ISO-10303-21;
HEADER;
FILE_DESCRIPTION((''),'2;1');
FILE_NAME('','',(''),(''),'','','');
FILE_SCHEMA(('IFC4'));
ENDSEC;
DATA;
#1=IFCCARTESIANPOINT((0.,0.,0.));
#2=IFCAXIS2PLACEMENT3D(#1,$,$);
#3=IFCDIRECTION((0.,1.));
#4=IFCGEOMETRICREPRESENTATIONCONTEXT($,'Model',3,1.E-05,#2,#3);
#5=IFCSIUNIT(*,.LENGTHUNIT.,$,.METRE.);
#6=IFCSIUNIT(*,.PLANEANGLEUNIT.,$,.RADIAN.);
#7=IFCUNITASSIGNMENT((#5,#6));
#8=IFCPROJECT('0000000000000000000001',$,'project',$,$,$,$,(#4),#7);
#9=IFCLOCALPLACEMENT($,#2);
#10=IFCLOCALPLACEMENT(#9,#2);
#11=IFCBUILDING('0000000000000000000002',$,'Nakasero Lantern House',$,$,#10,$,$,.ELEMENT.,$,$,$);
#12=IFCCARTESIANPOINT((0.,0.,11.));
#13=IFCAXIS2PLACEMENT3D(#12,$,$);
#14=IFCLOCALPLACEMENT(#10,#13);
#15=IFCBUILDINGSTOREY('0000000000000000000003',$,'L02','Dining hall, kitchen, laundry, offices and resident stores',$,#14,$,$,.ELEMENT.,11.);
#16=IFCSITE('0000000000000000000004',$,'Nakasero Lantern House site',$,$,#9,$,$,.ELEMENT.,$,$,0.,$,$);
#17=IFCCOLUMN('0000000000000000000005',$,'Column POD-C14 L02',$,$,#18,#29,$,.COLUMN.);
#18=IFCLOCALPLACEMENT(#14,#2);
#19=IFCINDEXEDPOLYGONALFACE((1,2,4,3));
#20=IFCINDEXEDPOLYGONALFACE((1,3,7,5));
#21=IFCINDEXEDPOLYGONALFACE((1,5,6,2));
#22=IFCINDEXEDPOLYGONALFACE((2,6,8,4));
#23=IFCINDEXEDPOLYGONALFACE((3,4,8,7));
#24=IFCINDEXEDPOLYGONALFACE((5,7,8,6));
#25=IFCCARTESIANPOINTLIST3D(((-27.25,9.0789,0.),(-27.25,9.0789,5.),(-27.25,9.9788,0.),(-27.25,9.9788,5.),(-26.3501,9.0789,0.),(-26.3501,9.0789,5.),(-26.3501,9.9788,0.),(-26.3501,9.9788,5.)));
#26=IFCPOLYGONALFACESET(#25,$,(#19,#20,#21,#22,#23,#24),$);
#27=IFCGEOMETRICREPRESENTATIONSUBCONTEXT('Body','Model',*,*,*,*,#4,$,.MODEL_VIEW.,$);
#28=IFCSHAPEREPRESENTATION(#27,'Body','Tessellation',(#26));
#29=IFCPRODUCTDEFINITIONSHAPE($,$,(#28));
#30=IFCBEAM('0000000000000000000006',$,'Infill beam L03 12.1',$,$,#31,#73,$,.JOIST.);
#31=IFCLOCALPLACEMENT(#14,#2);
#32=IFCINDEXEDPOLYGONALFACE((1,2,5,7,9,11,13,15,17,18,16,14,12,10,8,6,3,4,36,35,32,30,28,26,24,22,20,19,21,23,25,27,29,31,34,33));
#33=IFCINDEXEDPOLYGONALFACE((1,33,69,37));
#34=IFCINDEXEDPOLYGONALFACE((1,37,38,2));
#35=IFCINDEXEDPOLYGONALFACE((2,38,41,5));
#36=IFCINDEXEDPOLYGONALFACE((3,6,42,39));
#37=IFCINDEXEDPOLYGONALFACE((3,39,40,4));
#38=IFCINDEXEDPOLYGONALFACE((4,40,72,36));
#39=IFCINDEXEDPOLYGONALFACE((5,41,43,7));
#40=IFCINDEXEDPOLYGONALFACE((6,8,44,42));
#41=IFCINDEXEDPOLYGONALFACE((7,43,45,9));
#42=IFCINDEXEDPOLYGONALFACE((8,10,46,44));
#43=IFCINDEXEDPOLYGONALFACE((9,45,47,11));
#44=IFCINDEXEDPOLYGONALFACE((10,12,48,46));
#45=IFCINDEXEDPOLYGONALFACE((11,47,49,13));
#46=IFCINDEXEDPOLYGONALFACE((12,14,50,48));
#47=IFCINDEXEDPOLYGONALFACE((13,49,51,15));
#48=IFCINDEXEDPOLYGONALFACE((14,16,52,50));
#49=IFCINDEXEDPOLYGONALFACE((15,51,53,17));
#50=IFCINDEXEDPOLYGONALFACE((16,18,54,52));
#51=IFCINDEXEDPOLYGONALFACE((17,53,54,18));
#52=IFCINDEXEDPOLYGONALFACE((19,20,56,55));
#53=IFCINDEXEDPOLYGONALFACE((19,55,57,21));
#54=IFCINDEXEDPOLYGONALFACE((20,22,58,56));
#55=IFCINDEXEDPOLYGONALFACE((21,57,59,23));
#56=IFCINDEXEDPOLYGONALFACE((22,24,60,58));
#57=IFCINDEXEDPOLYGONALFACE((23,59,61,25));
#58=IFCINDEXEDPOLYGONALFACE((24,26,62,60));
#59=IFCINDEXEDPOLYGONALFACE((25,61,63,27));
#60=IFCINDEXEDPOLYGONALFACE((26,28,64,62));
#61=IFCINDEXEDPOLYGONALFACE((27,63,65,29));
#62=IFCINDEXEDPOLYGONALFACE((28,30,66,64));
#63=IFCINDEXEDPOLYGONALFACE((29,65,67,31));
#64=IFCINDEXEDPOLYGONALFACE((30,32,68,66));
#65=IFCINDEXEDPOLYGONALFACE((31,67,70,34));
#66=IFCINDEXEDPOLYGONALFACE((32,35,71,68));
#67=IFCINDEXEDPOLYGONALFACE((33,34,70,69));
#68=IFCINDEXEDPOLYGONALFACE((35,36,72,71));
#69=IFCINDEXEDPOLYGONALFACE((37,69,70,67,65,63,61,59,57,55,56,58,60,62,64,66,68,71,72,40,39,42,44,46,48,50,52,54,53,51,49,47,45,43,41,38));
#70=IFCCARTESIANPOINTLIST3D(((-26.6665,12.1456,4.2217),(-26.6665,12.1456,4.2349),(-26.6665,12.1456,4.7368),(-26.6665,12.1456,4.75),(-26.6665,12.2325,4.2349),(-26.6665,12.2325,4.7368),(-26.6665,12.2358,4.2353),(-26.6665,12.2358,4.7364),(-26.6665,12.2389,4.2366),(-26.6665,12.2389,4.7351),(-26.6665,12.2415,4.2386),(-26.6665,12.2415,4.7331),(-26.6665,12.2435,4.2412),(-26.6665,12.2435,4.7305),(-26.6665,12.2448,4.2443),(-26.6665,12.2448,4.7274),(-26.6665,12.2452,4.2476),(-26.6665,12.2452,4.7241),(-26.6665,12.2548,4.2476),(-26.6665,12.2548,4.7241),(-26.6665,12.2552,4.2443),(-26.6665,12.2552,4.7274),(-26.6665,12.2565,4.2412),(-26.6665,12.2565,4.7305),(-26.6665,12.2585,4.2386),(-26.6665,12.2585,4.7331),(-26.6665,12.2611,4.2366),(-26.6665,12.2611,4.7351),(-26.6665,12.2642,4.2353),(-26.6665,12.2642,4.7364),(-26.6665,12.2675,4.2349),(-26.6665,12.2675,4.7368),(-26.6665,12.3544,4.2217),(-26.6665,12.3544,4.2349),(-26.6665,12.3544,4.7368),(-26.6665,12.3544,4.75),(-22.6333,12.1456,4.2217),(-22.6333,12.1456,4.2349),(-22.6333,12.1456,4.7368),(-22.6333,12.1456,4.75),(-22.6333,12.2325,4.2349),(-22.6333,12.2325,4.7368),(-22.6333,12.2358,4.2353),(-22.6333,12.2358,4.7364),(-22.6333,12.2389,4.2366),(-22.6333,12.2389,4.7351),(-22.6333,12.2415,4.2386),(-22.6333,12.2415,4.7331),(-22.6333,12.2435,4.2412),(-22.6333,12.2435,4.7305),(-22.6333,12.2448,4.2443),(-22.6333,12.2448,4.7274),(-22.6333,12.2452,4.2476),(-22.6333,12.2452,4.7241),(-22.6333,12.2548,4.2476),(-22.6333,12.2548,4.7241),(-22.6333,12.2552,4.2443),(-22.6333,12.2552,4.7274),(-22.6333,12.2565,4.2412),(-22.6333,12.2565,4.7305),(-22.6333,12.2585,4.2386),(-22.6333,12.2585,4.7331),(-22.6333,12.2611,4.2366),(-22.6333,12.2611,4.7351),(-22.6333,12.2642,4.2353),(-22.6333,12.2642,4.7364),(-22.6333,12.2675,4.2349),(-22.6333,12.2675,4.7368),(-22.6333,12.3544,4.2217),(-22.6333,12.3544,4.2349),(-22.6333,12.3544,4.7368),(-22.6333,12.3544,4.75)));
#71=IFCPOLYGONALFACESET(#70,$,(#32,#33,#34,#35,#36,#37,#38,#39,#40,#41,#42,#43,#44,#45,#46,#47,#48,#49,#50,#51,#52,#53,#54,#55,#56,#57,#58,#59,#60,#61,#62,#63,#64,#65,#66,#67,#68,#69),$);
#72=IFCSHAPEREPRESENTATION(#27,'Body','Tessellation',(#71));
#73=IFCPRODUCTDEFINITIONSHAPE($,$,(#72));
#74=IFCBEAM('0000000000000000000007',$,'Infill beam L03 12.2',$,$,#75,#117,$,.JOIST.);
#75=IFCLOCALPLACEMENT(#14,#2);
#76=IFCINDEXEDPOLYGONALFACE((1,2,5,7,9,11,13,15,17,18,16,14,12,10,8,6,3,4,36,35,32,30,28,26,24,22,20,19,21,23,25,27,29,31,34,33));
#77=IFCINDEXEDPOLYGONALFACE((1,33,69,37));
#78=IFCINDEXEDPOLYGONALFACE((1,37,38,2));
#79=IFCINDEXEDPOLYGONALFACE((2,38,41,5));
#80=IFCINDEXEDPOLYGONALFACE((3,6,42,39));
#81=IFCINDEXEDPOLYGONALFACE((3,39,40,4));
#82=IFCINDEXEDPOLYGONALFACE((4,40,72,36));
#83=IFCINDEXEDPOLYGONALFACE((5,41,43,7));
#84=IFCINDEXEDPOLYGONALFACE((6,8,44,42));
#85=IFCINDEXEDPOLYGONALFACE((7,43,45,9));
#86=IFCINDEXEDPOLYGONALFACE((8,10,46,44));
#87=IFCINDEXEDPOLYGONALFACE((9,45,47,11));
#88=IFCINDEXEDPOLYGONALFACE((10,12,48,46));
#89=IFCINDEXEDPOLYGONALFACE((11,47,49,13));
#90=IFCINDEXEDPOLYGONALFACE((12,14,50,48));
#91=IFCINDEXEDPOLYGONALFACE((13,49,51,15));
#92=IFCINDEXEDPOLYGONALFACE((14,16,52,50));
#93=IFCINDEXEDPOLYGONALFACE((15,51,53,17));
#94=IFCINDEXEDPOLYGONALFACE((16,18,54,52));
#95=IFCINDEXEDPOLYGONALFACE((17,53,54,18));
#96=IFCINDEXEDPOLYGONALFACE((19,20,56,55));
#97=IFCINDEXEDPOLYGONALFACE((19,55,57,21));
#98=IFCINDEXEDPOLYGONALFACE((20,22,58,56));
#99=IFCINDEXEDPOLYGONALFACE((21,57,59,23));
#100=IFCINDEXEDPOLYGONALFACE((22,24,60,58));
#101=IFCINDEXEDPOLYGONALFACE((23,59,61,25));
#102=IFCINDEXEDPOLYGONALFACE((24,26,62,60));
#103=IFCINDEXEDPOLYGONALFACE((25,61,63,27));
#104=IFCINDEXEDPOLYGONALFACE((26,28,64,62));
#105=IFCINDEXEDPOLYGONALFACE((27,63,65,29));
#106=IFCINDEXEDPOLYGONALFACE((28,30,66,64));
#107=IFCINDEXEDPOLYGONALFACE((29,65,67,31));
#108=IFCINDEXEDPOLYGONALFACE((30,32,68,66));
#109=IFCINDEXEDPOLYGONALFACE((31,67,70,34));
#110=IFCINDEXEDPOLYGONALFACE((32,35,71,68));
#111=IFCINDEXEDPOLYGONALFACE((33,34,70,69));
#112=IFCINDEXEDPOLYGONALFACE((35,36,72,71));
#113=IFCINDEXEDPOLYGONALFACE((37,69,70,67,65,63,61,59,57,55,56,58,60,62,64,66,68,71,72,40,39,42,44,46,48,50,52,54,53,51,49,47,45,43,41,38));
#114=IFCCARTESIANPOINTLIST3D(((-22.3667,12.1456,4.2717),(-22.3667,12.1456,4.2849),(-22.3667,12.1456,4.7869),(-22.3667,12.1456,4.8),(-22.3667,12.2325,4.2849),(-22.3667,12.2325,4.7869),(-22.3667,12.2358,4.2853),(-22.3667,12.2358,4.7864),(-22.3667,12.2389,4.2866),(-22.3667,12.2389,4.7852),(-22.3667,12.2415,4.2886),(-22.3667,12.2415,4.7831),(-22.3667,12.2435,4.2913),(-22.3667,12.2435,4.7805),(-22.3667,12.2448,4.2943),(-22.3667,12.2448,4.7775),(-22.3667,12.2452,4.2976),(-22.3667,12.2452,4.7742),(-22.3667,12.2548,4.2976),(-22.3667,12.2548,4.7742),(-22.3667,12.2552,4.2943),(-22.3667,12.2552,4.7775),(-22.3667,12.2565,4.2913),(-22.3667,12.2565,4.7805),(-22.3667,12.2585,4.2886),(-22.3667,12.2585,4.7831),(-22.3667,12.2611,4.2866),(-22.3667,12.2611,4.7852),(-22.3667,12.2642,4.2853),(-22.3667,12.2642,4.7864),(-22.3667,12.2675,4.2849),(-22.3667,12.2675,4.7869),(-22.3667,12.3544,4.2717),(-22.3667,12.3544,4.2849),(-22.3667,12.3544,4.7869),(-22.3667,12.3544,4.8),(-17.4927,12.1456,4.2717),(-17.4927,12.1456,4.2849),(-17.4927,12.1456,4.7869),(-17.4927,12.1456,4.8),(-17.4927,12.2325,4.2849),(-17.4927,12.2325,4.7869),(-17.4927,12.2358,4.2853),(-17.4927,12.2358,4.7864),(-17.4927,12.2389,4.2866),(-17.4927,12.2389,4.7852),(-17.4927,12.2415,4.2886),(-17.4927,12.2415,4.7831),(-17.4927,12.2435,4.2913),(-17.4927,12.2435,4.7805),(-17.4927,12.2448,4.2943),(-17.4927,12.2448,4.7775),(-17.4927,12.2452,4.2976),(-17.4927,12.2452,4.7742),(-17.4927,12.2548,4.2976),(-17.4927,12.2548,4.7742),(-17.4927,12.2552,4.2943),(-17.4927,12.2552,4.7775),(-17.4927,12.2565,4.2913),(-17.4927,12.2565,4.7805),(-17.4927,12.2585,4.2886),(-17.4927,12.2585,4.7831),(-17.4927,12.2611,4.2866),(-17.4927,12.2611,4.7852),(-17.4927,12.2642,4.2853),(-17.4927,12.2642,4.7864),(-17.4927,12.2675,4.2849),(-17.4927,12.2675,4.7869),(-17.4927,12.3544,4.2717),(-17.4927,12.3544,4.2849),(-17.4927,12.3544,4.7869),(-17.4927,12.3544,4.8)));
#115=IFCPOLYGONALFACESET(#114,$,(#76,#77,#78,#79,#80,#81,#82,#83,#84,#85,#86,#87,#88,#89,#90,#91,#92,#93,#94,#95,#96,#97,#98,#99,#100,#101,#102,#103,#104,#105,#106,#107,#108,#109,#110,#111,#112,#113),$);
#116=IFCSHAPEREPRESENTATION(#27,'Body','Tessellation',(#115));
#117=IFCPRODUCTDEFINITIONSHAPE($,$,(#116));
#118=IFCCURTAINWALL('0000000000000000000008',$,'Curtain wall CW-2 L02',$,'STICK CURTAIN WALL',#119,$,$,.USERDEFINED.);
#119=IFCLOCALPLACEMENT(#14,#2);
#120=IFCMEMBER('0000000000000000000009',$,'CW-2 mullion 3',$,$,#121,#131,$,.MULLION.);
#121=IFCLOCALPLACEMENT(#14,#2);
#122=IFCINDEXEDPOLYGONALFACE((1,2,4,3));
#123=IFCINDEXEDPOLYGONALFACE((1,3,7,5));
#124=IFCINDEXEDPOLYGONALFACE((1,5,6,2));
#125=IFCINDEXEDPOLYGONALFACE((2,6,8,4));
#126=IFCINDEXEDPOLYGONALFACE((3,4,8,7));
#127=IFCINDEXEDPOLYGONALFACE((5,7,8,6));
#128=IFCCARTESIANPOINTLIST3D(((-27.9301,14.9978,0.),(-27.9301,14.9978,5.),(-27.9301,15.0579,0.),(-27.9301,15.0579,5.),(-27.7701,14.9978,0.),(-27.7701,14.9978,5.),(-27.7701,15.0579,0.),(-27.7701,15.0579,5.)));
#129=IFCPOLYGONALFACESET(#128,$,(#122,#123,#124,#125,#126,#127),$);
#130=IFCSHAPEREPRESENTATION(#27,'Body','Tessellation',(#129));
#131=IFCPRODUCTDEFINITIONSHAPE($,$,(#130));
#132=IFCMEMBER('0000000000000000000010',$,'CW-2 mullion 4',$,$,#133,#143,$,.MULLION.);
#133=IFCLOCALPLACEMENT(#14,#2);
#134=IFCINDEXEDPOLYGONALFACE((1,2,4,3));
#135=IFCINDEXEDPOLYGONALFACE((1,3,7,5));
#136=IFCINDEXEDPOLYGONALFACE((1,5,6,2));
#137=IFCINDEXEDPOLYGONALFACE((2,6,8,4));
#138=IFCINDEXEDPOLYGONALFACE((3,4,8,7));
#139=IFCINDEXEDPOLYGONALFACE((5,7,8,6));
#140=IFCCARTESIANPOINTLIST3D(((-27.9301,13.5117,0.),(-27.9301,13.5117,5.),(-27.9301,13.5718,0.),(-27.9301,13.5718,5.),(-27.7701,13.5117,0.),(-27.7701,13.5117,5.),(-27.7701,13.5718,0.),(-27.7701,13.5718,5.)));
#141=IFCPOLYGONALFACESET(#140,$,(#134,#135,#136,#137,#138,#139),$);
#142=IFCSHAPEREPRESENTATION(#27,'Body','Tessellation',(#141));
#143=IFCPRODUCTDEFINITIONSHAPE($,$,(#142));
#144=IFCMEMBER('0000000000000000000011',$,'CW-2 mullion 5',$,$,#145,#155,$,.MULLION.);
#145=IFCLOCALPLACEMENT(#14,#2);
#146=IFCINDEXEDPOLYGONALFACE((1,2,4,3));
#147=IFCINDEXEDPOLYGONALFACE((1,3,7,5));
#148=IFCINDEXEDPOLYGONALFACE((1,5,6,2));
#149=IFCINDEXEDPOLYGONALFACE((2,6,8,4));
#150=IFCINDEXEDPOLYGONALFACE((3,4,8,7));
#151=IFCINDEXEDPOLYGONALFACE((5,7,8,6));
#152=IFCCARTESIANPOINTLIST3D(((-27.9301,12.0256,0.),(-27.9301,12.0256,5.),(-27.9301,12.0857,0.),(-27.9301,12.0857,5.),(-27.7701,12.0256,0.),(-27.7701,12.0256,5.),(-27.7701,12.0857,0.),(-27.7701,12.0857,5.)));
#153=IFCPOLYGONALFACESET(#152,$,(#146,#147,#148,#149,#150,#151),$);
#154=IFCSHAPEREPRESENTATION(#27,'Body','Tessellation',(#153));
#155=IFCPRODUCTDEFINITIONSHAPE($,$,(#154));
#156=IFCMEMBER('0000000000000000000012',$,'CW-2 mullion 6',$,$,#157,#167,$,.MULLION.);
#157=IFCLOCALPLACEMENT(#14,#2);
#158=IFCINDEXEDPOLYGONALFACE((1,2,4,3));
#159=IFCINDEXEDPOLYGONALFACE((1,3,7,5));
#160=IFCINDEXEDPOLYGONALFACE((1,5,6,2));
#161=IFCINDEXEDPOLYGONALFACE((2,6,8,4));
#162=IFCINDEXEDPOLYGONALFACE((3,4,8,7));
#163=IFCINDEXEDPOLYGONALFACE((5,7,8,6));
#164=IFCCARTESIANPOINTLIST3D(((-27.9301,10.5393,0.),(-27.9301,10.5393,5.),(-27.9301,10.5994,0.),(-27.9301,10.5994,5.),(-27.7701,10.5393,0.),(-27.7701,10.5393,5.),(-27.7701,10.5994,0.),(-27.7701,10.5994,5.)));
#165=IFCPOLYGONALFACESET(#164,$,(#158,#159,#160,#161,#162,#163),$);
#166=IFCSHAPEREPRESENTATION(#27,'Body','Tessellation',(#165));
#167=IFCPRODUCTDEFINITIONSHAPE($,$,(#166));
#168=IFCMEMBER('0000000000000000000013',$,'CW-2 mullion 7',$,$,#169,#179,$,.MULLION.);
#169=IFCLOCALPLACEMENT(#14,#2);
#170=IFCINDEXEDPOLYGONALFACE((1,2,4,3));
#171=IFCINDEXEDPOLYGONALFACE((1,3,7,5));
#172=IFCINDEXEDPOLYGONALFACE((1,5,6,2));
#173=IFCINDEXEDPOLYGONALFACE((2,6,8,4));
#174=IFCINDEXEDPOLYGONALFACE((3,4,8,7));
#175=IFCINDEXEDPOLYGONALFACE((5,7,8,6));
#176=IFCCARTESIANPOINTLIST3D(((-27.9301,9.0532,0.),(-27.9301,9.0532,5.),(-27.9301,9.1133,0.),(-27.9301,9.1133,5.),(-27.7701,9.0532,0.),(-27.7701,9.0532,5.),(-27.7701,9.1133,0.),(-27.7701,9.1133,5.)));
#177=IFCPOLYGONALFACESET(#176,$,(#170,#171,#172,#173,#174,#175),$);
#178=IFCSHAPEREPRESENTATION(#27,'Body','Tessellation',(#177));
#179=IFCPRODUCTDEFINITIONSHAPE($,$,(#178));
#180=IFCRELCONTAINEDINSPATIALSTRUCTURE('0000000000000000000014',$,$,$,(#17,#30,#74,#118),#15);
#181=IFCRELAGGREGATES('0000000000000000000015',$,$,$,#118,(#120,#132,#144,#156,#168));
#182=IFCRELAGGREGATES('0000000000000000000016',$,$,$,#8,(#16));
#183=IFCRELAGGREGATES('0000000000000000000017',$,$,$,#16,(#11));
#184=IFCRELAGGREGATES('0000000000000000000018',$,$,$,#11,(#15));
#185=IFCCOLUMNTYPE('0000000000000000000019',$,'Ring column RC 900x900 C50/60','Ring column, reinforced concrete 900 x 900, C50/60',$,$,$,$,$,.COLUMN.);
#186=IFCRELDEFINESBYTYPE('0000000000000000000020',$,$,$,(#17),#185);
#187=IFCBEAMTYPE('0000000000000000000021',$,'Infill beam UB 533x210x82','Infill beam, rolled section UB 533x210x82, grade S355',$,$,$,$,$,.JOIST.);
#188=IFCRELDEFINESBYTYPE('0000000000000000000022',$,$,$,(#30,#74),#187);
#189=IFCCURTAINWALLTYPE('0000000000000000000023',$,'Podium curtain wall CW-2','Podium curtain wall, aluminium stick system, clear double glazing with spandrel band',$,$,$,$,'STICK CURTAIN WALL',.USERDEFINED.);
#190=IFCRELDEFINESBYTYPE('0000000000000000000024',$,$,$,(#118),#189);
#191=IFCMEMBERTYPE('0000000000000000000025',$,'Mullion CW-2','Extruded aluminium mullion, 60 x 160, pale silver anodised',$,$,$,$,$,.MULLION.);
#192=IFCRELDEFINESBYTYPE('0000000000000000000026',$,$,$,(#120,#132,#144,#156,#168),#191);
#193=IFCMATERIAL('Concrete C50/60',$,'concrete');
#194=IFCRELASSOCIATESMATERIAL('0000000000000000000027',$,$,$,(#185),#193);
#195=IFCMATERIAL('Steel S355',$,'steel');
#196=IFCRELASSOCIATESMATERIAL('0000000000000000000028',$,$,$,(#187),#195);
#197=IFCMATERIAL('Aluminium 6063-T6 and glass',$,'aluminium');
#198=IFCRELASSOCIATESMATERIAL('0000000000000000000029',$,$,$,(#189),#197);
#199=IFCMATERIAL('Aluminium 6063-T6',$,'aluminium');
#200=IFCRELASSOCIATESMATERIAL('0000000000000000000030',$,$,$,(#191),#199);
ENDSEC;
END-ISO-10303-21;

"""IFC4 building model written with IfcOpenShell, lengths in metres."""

from ifc_helpers import new_model, si_unit, direction, frame, origin, origin_2d, place, context, subcontext, project, spatial, rectangle, i_section, extrude, material, material_profile, profile_set, type_object, element, aggregate, save


model = new_model("IFC4")

# Units and contexts
model_context = context("Model", 3, precision=1e-05, world=origin(), true_north=direction((0.0, 1.0)))
body_context = subcontext(model_context, "Body", "Model", "MODEL_VIEW")
ifc_project = project(units=[si_unit("LENGTHUNIT", "METRE"), si_unit("PLANEANGLEUNIT", "RADIAN")], contexts=[model_context])

# Site, building, storey
site_placement = place(None, origin())
site = spatial("IfcSite", under=ifc_project, at=site_placement, Name="Nakasero Lantern House site", CompositionType="ELEMENT", RefElevation=0.0)
building_placement = place(site_placement, origin())
building = spatial("IfcBuilding", under=site, at=building_placement, Name="Nakasero Lantern House", CompositionType="ELEMENT")
storey_placement = place(building_placement, frame((0.0, 0.0, 11.0)))
storey = spatial("IfcBuildingStorey", under=building, at=storey_placement, Name="L02", Description="Dining hall, kitchen, laundry, offices and resident stores", CompositionType="ELEMENT", Elevation=11.0)

# Column
ifc_material_1 = material(Name="Concrete C50/60", Category="concrete")
ifc_material_profile_1 = material_profile(ifc_material_1, rectangle(XDim=0.8999, YDim=0.8999, at=origin_2d()), Name="RC 900x900")
ifc_profile_set_1 = profile_set([ifc_material_profile_1], Name="Concrete C50/60")
column_type = type_object("IfcColumnType", Name="Ring column RC 900x900 C50/60", Description="Ring column, reinforced concrete 900 x 900, C50/60", PredefinedType="COLUMN", material=ifc_profile_set_1)
column_placement = place(storey_placement, frame((-26.8, 9.5288, 0.0), z_axis=(0.0, 0.0, 1.0), x_axis=(1.0, 0.0, 0.0)))
element("IfcColumn", 1, at=column_placement, inside=storey, type_object=column_type, Name="Column POD-C14 L02", PredefinedType="COLUMN", context=body_context, shape_type="SweptSolid", body=[
    extrude(rectangle(XDim=0.8999, YDim=0.8999, at=origin_2d()), origin(), (0.0, 0.0, 1.0), 5.0),
])

# Beams
ifc_material_2 = material(Name="Steel S355", Category="steel")
ifc_material_profile_2 = material_profile(ifc_material_2, i_section(OverallWidth=0.2087, OverallDepth=0.5283, WebThickness=0.0095, FlangeThickness=0.0132, FilletRadius=0.0127, at=origin_2d()), Name="UB 533x210x82")
ifc_profile_set_2 = profile_set([ifc_material_profile_2], Name="Steel S355")
beam_type_1 = type_object("IfcBeamType", Name="Infill beam UB 533x210x82", Description="Infill beam, rolled section UB 533x210x82, grade S355", PredefinedType="JOIST", material=ifc_profile_set_2)
beam_1_placement = place(storey_placement, frame((-26.6665, 12.25, 4.4858), z_axis=(1.0, 0.0, 0.0), x_axis=(0.0, 1.0, 0.0)))
element("IfcBeam", 2, at=beam_1_placement, inside=storey, type_object=beam_type_1, Name="Infill beam L03 12.1", PredefinedType="JOIST", context=body_context, shape_type="SweptSolid", body=[
    extrude(i_section(OverallWidth=0.2087, OverallDepth=0.5283, WebThickness=0.0095, FlangeThickness=0.0132, FilletRadius=0.0127, at=origin_2d()), origin(), (0.0, 0.0, 1.0), 4.0332),
])
beam_2_placement = place(storey_placement, frame((-22.3667, 12.25, 4.5359), z_axis=(1.0, 0.0, 0.0), x_axis=(0.0, 1.0, 0.0)))
element("IfcBeam", 3, at=beam_2_placement, inside=storey, type_object=beam_type_1, Name="Infill beam L03 12.2", PredefinedType="JOIST", context=body_context, shape_type="SweptSolid", body=[
    extrude(i_section(OverallWidth=0.2087, OverallDepth=0.5283, WebThickness=0.0095, FlangeThickness=0.0132, FilletRadius=0.0127, at=origin_2d()), origin(), (0.0, 0.0, 1.0), 4.874),
])

# Curtain wall, members
ifc_material_3 = material(Name="Aluminium 6063-T6 and glass", Category="aluminium")
curtain_wall_type = type_object("IfcCurtainWallType", Name="Podium curtain wall CW-2", Description="Podium curtain wall, aluminium stick system, clear double glazing with spandrel band", ElementType="STICK CURTAIN WALL", PredefinedType="USERDEFINED", material=ifc_material_3)
curtain_wall_placement = place(storey_placement, origin())
curtain_wall = element("IfcCurtainWall", 4, at=curtain_wall_placement, inside=storey, type_object=curtain_wall_type, Name="Curtain wall CW-2 L02", ObjectType="STICK CURTAIN WALL", PredefinedType="USERDEFINED")
ifc_material_4 = material(Name="Aluminium 6063-T6", Category="aluminium")
ifc_material_profile_3 = material_profile(ifc_material_4, rectangle(XDim=0.0601, YDim=0.1599, at=origin_2d()), Name="CW-2 mullion 60x160")
ifc_profile_set_3 = profile_set([ifc_material_profile_3], Name="Aluminium 6063-T6")
member_type_1 = type_object("IfcMemberType", Name="Mullion CW-2", Description="Extruded aluminium mullion, 60 x 160, pale silver anodised", PredefinedType="MULLION", material=ifc_profile_set_3)
member_1_placement = place(storey_placement, frame((-27.8501, 15.0278, 0.0), z_axis=(0.0, 0.0, 1.0), x_axis=(0.0, -1.0, 0.0)))
member_1 = element("IfcMember", 5, at=member_1_placement, type_object=member_type_1, Name="CW-2 mullion 3", PredefinedType="MULLION", context=body_context, shape_type="SweptSolid", body=[
    extrude(rectangle(XDim=0.0601, YDim=0.1599, at=origin_2d()), origin(), (0.0, 0.0, 1.0), 5.0),
])
member_2_placement = place(storey_placement, frame((-27.8501, 13.5417, 0.0), z_axis=(0.0, 0.0, 1.0), x_axis=(0.0, -1.0, 0.0)))
member_2 = element("IfcMember", 6, at=member_2_placement, type_object=member_type_1, Name="CW-2 mullion 4", PredefinedType="MULLION", context=body_context, shape_type="SweptSolid", body=[
    extrude(rectangle(XDim=0.0601, YDim=0.1599, at=origin_2d()), origin(), (0.0, 0.0, 1.0), 5.0),
])
member_3_placement = place(storey_placement, frame((-27.8501, 12.0557, 0.0), z_axis=(0.0, 0.0, 1.0), x_axis=(0.0, -1.0, 0.0)))
member_3 = element("IfcMember", 7, at=member_3_placement, type_object=member_type_1, Name="CW-2 mullion 5", PredefinedType="MULLION", context=body_context, shape_type="SweptSolid", body=[
    extrude(rectangle(XDim=0.0601, YDim=0.1599, at=origin_2d()), origin(), (0.0, 0.0, 1.0), 5.0),
])
member_4_placement = place(storey_placement, frame((-27.8501, 10.5693, 0.0), z_axis=(0.0, 0.0, 1.0), x_axis=(0.0, -1.0, 0.0)))
member_4 = element("IfcMember", 8, at=member_4_placement, type_object=member_type_1, Name="CW-2 mullion 6", PredefinedType="MULLION", context=body_context, shape_type="SweptSolid", body=[
    extrude(rectangle(XDim=0.0601, YDim=0.1599, at=origin_2d()), origin(), (0.0, 0.0, 1.0), 5.0),
])
member_5_placement = place(storey_placement, frame((-27.8501, 9.0833, 0.0), z_axis=(0.0, 0.0, 1.0), x_axis=(0.0, -1.0, 0.0)))
member_5 = element("IfcMember", 9, at=member_5_placement, type_object=member_type_1, Name="CW-2 mullion 7", PredefinedType="MULLION", context=body_context, shape_type="SweptSolid", body=[
    extrude(rectangle(XDim=0.0601, YDim=0.1599, at=origin_2d()), origin(), (0.0, 0.0, 1.0), 5.0),
])

aggregate(curtain_wall, [member_1, member_2, member_3, member_4, member_5])

save(model, "model.ifc")
